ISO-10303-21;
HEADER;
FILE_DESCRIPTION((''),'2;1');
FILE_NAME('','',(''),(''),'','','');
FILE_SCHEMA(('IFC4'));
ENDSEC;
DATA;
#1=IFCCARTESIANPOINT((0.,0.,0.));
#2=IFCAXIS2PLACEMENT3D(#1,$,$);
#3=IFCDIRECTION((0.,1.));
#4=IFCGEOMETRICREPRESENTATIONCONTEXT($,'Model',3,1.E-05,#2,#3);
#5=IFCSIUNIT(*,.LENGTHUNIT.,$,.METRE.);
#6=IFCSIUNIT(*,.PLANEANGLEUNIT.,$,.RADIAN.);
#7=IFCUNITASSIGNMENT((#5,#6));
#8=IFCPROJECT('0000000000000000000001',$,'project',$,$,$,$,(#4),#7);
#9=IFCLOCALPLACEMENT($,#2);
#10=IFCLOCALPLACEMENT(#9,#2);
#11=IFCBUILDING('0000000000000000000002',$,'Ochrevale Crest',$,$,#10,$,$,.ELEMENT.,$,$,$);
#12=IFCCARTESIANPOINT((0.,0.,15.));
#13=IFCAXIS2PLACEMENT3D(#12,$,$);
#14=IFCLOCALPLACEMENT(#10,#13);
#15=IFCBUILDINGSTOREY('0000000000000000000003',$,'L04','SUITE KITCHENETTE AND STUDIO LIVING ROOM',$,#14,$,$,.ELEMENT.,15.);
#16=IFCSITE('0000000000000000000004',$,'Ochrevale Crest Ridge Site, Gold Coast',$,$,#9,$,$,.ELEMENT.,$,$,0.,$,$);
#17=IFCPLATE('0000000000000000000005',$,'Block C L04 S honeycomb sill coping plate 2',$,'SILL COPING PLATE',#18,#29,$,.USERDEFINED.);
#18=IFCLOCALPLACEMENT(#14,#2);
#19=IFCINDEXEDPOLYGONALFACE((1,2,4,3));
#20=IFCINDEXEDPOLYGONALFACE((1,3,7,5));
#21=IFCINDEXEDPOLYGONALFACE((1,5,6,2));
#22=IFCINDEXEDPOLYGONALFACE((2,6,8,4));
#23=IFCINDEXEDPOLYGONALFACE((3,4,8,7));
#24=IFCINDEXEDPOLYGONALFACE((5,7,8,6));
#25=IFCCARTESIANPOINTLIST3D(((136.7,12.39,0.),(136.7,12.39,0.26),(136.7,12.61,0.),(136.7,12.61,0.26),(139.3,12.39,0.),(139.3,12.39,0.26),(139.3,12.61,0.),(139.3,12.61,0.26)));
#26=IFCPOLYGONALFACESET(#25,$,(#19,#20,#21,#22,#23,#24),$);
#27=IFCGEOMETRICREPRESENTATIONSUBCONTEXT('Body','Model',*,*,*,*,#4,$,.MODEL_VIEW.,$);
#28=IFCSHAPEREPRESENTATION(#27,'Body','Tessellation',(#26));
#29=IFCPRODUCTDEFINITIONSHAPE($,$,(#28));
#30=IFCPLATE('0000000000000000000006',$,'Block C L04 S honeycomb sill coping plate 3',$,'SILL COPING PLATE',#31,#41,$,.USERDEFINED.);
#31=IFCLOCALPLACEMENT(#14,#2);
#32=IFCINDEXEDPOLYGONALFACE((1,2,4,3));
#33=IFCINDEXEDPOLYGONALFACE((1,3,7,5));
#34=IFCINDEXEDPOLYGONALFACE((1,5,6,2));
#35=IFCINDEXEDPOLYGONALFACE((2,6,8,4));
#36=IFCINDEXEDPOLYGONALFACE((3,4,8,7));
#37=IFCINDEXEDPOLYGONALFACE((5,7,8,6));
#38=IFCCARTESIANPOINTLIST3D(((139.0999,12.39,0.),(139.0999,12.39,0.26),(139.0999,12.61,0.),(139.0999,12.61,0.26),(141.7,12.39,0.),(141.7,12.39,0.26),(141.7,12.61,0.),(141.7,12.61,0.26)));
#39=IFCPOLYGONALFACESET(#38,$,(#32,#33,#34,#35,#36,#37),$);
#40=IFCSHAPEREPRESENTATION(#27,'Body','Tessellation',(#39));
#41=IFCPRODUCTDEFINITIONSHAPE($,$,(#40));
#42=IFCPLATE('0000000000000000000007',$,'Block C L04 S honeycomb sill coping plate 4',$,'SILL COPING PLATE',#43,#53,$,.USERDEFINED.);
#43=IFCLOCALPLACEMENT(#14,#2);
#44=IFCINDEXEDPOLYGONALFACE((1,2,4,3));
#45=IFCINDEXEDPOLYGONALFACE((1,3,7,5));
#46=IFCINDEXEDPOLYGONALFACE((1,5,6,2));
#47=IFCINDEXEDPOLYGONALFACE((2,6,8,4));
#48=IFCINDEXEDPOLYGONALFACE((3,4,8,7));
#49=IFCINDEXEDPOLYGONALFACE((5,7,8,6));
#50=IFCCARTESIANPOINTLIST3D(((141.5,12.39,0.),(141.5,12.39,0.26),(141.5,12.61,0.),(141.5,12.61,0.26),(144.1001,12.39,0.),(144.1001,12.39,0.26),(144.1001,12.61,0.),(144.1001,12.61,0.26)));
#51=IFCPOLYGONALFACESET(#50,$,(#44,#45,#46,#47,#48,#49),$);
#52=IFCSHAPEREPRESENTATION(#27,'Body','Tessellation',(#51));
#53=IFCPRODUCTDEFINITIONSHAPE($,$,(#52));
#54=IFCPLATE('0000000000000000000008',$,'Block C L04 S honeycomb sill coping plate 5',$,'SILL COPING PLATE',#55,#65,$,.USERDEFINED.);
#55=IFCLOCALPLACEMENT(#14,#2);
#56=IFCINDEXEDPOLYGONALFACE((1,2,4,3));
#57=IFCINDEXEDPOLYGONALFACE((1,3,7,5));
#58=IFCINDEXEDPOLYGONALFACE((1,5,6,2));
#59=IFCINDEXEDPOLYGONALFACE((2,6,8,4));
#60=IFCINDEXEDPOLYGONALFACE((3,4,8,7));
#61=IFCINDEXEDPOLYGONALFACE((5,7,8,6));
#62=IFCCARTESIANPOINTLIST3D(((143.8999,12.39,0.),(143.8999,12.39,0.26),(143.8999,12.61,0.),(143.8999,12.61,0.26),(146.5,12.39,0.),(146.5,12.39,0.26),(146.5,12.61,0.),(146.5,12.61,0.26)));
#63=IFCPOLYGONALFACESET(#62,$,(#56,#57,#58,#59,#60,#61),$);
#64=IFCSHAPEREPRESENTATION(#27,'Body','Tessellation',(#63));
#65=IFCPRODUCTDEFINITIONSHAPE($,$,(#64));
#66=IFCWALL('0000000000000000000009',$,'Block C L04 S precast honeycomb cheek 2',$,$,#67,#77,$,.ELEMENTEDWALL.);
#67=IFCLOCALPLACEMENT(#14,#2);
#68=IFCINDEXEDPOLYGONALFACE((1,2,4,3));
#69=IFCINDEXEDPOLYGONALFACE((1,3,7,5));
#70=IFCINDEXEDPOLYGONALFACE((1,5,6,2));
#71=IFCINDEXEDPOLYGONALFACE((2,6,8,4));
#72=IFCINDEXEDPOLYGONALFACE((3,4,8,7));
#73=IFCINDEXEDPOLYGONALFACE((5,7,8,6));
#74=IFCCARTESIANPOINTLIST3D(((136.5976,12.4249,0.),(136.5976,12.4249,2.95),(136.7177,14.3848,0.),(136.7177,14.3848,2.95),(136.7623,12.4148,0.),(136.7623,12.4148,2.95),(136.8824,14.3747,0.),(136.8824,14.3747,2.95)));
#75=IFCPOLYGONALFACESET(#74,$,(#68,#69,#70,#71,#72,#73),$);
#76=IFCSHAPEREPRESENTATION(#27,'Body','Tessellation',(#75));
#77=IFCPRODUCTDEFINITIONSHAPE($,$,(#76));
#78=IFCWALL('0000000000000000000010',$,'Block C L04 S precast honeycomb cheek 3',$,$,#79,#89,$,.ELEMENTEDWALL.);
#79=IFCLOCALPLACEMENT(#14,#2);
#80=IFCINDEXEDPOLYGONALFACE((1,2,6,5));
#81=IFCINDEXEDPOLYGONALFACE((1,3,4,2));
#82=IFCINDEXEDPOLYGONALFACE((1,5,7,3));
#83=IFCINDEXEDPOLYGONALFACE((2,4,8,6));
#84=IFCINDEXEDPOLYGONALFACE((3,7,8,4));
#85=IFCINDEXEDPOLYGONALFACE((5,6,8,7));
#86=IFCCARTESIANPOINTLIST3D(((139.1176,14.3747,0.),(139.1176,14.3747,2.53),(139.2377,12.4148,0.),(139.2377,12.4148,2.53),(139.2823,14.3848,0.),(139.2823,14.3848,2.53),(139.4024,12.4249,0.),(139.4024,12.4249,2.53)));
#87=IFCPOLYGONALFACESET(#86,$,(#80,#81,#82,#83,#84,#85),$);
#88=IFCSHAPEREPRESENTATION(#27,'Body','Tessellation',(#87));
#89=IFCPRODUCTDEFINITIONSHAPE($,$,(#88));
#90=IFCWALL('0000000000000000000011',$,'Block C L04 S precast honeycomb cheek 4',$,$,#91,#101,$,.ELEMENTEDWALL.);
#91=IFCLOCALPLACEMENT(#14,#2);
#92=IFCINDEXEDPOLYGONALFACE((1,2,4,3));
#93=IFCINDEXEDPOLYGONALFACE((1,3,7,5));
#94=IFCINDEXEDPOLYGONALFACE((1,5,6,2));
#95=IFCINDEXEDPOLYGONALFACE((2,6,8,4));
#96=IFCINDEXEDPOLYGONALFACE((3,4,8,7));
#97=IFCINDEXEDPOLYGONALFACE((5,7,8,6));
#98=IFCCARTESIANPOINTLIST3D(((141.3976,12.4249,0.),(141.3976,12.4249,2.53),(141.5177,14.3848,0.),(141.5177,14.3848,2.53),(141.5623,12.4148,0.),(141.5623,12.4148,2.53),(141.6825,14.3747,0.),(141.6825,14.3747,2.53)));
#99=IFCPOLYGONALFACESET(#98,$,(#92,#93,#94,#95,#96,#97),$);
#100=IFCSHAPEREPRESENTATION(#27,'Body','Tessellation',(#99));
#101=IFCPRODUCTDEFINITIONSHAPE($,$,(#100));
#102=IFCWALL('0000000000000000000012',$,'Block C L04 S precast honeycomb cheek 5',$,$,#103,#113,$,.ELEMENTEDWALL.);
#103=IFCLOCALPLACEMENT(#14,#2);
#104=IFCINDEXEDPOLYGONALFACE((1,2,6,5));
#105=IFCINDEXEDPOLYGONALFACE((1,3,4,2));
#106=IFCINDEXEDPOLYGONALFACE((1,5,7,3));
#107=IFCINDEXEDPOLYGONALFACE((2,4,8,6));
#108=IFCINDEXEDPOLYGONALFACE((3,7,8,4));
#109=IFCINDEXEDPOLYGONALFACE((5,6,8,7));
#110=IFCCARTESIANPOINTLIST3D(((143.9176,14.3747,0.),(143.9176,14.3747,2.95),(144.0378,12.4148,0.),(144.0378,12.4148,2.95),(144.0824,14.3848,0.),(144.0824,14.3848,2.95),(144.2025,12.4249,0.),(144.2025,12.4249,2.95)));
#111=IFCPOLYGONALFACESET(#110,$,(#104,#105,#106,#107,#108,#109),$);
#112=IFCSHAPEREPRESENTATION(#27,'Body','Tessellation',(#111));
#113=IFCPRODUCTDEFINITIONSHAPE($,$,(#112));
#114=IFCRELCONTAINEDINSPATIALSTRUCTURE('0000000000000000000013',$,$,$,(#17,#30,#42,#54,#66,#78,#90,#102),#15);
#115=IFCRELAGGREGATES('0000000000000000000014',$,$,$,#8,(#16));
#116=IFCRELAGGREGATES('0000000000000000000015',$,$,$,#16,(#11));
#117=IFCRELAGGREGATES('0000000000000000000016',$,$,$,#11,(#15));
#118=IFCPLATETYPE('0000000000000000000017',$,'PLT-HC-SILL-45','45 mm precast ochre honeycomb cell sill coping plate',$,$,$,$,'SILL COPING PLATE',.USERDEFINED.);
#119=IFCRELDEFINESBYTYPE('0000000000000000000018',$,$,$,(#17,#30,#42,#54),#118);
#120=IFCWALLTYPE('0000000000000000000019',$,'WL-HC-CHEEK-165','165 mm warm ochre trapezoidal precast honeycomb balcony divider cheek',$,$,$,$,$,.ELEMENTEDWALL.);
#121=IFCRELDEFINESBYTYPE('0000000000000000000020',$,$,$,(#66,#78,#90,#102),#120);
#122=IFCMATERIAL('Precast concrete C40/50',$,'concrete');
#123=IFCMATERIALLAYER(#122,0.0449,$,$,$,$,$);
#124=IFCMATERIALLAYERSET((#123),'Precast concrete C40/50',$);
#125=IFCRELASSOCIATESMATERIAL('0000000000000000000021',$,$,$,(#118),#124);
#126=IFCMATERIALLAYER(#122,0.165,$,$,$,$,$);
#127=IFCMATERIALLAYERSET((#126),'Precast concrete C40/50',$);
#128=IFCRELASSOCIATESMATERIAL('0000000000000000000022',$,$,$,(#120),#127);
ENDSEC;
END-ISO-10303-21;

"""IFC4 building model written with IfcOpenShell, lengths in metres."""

from ifc_helpers import new_model, si_unit, direction, frame, frame_2d, origin, origin_2d, place, context, subcontext, project, spatial, rectangle, extrude, material, layer, layer_set, type_object, element, save


model = new_model("IFC4")

# Units and contexts
model_context = context("Model", 3, precision=1e-05, world=origin(), true_north=direction((0.0, 1.0)))
body_context = subcontext(model_context, "Body", "Model", "MODEL_VIEW")
ifc_project = project(units=[si_unit("LENGTHUNIT", "METRE"), si_unit("PLANEANGLEUNIT", "RADIAN")], contexts=[model_context])

# Site, building, storey
site_placement = place(None, origin())
site = spatial("IfcSite", under=ifc_project, at=site_placement, Name="Ochrevale Crest Ridge Site, Gold Coast", CompositionType="ELEMENT", RefElevation=0.0)
building_placement = place(site_placement, origin())
building = spatial("IfcBuilding", under=site, at=building_placement, Name="Ochrevale Crest", CompositionType="ELEMENT")
storey_placement = place(building_placement, frame((0.0, 0.0, 15.0)))
storey = spatial("IfcBuildingStorey", under=building, at=storey_placement, Name="L04", Description="SUITE KITCHENETTE AND STUDIO LIVING ROOM", CompositionType="ELEMENT", Elevation=15.0)

# Shared definitions
ifc_material_1 = material(Name="Precast concrete C40/50", Category="concrete")

# Plates
ifc_layer_1 = layer(ifc_material_1, 0.0449)
ifc_layer_set_1 = layer_set([ifc_layer_1], Name="Precast concrete C40/50")
plate_type_1 = type_object("IfcPlateType", Name="PLT-HC-SILL-45", Description="45 mm precast ochre honeycomb cell sill coping plate", ElementType="SILL COPING PLATE", PredefinedType="USERDEFINED", material=ifc_layer_set_1)
for number, where, z_axis, x_axis, name in (
    (1, (138.0, 12.5, 0.0), (0.0, 0.0, 1.0), (1.0, 0.0, 0.0), "Block C L04 S honeycomb sill coping plate 2"),
    (2, (140.3999, 12.5, 0.0), (0.0, 0.0, 1.0), (1.0, 0.0, 0.0), "Block C L04 S honeycomb sill coping plate 3"),
    (3, (142.8, 12.5, 0.0), (0.0, 0.0, 1.0), (1.0, 0.0, 0.0), "Block C L04 S honeycomb sill coping plate 4"),
    (4, (145.2, 12.5, 0.0), (0.0, 0.0, 1.0), (1.0, 0.0, 0.0), "Block C L04 S honeycomb sill coping plate 5"),
):
    element("IfcPlate", number, at=place(storey_placement, frame(where, z_axis=z_axis, x_axis=x_axis)), inside=storey, type_object=plate_type_1, Name=name, ObjectType="SILL COPING PLATE", PredefinedType="USERDEFINED", context=body_context, shape_type="SweptSolid", body=[
        extrude(rectangle(XDim=2.6001, YDim=0.22, at=origin_2d()), origin(), (0.0, 0.0, 1.0), 0.26),
    ])

# Walls
ifc_layer_2 = layer(ifc_material_1, 0.165)
ifc_layer_set_2 = layer_set([ifc_layer_2], Name="Precast concrete C40/50")
wall_type = type_object("IfcWallType", Name="WL-HC-CHEEK-165", Description="165 mm warm ochre trapezoidal precast honeycomb balcony divider cheek", PredefinedType="ELEMENTEDWALL", material=ifc_layer_set_2)
wall_1_placement = place(storey_placement, frame((136.8, 14.3799, 0.0), z_axis=(0.0, 0.0, 1.0), x_axis=(-0.061171, -0.998127, 0.0)))
element("IfcWall", 5, at=wall_1_placement, inside=storey, type_object=wall_type, Name="Block C L04 S precast honeycomb cheek 2", PredefinedType="ELEMENTEDWALL", context=body_context, shape_type="SweptSolid", body=[
    extrude(rectangle(XDim=1.9636, YDim=0.165, at=frame_2d((0.9819, 0.0))), origin(), (0.0, 0.0, 1.0), 2.95),
])
for number, where, z_axis, x_axis, name in (
    (6, (139.2, 14.3799, 0.0), (0.0, 0.0, 1.0), (0.061171, -0.998127, 0.0), "Block C L04 S precast honeycomb cheek 3"),
    (7, (141.6001, 14.3799, 0.0), (0.0, 0.0, 1.0), (-0.061171, -0.998127, 0.0), "Block C L04 S precast honeycomb cheek 4"),
):
    element("IfcWall", number, at=place(storey_placement, frame(where, z_axis=z_axis, x_axis=x_axis)), inside=storey, type_object=wall_type, Name=name, PredefinedType="ELEMENTEDWALL", context=body_context, shape_type="SweptSolid", body=[
        extrude(rectangle(XDim=1.9636, YDim=0.165, at=frame_2d((0.9819, 0.0))), origin(), (0.0, 0.0, 1.0), 2.53),
    ])
wall_2_placement = place(storey_placement, frame((144.0, 14.3799, 0.0), z_axis=(0.0, 0.0, 1.0), x_axis=(0.061171, -0.998127, 0.0)))
element("IfcWall", 8, at=wall_2_placement, inside=storey, type_object=wall_type, Name="Block C L04 S precast honeycomb cheek 5", PredefinedType="ELEMENTEDWALL", context=body_context, shape_type="SweptSolid", body=[
    extrude(rectangle(XDim=1.9636, YDim=0.165, at=frame_2d((0.9819, 0.0))), origin(), (0.0, 0.0, 1.0), 2.95),
])

save(model, "model.ifc")
